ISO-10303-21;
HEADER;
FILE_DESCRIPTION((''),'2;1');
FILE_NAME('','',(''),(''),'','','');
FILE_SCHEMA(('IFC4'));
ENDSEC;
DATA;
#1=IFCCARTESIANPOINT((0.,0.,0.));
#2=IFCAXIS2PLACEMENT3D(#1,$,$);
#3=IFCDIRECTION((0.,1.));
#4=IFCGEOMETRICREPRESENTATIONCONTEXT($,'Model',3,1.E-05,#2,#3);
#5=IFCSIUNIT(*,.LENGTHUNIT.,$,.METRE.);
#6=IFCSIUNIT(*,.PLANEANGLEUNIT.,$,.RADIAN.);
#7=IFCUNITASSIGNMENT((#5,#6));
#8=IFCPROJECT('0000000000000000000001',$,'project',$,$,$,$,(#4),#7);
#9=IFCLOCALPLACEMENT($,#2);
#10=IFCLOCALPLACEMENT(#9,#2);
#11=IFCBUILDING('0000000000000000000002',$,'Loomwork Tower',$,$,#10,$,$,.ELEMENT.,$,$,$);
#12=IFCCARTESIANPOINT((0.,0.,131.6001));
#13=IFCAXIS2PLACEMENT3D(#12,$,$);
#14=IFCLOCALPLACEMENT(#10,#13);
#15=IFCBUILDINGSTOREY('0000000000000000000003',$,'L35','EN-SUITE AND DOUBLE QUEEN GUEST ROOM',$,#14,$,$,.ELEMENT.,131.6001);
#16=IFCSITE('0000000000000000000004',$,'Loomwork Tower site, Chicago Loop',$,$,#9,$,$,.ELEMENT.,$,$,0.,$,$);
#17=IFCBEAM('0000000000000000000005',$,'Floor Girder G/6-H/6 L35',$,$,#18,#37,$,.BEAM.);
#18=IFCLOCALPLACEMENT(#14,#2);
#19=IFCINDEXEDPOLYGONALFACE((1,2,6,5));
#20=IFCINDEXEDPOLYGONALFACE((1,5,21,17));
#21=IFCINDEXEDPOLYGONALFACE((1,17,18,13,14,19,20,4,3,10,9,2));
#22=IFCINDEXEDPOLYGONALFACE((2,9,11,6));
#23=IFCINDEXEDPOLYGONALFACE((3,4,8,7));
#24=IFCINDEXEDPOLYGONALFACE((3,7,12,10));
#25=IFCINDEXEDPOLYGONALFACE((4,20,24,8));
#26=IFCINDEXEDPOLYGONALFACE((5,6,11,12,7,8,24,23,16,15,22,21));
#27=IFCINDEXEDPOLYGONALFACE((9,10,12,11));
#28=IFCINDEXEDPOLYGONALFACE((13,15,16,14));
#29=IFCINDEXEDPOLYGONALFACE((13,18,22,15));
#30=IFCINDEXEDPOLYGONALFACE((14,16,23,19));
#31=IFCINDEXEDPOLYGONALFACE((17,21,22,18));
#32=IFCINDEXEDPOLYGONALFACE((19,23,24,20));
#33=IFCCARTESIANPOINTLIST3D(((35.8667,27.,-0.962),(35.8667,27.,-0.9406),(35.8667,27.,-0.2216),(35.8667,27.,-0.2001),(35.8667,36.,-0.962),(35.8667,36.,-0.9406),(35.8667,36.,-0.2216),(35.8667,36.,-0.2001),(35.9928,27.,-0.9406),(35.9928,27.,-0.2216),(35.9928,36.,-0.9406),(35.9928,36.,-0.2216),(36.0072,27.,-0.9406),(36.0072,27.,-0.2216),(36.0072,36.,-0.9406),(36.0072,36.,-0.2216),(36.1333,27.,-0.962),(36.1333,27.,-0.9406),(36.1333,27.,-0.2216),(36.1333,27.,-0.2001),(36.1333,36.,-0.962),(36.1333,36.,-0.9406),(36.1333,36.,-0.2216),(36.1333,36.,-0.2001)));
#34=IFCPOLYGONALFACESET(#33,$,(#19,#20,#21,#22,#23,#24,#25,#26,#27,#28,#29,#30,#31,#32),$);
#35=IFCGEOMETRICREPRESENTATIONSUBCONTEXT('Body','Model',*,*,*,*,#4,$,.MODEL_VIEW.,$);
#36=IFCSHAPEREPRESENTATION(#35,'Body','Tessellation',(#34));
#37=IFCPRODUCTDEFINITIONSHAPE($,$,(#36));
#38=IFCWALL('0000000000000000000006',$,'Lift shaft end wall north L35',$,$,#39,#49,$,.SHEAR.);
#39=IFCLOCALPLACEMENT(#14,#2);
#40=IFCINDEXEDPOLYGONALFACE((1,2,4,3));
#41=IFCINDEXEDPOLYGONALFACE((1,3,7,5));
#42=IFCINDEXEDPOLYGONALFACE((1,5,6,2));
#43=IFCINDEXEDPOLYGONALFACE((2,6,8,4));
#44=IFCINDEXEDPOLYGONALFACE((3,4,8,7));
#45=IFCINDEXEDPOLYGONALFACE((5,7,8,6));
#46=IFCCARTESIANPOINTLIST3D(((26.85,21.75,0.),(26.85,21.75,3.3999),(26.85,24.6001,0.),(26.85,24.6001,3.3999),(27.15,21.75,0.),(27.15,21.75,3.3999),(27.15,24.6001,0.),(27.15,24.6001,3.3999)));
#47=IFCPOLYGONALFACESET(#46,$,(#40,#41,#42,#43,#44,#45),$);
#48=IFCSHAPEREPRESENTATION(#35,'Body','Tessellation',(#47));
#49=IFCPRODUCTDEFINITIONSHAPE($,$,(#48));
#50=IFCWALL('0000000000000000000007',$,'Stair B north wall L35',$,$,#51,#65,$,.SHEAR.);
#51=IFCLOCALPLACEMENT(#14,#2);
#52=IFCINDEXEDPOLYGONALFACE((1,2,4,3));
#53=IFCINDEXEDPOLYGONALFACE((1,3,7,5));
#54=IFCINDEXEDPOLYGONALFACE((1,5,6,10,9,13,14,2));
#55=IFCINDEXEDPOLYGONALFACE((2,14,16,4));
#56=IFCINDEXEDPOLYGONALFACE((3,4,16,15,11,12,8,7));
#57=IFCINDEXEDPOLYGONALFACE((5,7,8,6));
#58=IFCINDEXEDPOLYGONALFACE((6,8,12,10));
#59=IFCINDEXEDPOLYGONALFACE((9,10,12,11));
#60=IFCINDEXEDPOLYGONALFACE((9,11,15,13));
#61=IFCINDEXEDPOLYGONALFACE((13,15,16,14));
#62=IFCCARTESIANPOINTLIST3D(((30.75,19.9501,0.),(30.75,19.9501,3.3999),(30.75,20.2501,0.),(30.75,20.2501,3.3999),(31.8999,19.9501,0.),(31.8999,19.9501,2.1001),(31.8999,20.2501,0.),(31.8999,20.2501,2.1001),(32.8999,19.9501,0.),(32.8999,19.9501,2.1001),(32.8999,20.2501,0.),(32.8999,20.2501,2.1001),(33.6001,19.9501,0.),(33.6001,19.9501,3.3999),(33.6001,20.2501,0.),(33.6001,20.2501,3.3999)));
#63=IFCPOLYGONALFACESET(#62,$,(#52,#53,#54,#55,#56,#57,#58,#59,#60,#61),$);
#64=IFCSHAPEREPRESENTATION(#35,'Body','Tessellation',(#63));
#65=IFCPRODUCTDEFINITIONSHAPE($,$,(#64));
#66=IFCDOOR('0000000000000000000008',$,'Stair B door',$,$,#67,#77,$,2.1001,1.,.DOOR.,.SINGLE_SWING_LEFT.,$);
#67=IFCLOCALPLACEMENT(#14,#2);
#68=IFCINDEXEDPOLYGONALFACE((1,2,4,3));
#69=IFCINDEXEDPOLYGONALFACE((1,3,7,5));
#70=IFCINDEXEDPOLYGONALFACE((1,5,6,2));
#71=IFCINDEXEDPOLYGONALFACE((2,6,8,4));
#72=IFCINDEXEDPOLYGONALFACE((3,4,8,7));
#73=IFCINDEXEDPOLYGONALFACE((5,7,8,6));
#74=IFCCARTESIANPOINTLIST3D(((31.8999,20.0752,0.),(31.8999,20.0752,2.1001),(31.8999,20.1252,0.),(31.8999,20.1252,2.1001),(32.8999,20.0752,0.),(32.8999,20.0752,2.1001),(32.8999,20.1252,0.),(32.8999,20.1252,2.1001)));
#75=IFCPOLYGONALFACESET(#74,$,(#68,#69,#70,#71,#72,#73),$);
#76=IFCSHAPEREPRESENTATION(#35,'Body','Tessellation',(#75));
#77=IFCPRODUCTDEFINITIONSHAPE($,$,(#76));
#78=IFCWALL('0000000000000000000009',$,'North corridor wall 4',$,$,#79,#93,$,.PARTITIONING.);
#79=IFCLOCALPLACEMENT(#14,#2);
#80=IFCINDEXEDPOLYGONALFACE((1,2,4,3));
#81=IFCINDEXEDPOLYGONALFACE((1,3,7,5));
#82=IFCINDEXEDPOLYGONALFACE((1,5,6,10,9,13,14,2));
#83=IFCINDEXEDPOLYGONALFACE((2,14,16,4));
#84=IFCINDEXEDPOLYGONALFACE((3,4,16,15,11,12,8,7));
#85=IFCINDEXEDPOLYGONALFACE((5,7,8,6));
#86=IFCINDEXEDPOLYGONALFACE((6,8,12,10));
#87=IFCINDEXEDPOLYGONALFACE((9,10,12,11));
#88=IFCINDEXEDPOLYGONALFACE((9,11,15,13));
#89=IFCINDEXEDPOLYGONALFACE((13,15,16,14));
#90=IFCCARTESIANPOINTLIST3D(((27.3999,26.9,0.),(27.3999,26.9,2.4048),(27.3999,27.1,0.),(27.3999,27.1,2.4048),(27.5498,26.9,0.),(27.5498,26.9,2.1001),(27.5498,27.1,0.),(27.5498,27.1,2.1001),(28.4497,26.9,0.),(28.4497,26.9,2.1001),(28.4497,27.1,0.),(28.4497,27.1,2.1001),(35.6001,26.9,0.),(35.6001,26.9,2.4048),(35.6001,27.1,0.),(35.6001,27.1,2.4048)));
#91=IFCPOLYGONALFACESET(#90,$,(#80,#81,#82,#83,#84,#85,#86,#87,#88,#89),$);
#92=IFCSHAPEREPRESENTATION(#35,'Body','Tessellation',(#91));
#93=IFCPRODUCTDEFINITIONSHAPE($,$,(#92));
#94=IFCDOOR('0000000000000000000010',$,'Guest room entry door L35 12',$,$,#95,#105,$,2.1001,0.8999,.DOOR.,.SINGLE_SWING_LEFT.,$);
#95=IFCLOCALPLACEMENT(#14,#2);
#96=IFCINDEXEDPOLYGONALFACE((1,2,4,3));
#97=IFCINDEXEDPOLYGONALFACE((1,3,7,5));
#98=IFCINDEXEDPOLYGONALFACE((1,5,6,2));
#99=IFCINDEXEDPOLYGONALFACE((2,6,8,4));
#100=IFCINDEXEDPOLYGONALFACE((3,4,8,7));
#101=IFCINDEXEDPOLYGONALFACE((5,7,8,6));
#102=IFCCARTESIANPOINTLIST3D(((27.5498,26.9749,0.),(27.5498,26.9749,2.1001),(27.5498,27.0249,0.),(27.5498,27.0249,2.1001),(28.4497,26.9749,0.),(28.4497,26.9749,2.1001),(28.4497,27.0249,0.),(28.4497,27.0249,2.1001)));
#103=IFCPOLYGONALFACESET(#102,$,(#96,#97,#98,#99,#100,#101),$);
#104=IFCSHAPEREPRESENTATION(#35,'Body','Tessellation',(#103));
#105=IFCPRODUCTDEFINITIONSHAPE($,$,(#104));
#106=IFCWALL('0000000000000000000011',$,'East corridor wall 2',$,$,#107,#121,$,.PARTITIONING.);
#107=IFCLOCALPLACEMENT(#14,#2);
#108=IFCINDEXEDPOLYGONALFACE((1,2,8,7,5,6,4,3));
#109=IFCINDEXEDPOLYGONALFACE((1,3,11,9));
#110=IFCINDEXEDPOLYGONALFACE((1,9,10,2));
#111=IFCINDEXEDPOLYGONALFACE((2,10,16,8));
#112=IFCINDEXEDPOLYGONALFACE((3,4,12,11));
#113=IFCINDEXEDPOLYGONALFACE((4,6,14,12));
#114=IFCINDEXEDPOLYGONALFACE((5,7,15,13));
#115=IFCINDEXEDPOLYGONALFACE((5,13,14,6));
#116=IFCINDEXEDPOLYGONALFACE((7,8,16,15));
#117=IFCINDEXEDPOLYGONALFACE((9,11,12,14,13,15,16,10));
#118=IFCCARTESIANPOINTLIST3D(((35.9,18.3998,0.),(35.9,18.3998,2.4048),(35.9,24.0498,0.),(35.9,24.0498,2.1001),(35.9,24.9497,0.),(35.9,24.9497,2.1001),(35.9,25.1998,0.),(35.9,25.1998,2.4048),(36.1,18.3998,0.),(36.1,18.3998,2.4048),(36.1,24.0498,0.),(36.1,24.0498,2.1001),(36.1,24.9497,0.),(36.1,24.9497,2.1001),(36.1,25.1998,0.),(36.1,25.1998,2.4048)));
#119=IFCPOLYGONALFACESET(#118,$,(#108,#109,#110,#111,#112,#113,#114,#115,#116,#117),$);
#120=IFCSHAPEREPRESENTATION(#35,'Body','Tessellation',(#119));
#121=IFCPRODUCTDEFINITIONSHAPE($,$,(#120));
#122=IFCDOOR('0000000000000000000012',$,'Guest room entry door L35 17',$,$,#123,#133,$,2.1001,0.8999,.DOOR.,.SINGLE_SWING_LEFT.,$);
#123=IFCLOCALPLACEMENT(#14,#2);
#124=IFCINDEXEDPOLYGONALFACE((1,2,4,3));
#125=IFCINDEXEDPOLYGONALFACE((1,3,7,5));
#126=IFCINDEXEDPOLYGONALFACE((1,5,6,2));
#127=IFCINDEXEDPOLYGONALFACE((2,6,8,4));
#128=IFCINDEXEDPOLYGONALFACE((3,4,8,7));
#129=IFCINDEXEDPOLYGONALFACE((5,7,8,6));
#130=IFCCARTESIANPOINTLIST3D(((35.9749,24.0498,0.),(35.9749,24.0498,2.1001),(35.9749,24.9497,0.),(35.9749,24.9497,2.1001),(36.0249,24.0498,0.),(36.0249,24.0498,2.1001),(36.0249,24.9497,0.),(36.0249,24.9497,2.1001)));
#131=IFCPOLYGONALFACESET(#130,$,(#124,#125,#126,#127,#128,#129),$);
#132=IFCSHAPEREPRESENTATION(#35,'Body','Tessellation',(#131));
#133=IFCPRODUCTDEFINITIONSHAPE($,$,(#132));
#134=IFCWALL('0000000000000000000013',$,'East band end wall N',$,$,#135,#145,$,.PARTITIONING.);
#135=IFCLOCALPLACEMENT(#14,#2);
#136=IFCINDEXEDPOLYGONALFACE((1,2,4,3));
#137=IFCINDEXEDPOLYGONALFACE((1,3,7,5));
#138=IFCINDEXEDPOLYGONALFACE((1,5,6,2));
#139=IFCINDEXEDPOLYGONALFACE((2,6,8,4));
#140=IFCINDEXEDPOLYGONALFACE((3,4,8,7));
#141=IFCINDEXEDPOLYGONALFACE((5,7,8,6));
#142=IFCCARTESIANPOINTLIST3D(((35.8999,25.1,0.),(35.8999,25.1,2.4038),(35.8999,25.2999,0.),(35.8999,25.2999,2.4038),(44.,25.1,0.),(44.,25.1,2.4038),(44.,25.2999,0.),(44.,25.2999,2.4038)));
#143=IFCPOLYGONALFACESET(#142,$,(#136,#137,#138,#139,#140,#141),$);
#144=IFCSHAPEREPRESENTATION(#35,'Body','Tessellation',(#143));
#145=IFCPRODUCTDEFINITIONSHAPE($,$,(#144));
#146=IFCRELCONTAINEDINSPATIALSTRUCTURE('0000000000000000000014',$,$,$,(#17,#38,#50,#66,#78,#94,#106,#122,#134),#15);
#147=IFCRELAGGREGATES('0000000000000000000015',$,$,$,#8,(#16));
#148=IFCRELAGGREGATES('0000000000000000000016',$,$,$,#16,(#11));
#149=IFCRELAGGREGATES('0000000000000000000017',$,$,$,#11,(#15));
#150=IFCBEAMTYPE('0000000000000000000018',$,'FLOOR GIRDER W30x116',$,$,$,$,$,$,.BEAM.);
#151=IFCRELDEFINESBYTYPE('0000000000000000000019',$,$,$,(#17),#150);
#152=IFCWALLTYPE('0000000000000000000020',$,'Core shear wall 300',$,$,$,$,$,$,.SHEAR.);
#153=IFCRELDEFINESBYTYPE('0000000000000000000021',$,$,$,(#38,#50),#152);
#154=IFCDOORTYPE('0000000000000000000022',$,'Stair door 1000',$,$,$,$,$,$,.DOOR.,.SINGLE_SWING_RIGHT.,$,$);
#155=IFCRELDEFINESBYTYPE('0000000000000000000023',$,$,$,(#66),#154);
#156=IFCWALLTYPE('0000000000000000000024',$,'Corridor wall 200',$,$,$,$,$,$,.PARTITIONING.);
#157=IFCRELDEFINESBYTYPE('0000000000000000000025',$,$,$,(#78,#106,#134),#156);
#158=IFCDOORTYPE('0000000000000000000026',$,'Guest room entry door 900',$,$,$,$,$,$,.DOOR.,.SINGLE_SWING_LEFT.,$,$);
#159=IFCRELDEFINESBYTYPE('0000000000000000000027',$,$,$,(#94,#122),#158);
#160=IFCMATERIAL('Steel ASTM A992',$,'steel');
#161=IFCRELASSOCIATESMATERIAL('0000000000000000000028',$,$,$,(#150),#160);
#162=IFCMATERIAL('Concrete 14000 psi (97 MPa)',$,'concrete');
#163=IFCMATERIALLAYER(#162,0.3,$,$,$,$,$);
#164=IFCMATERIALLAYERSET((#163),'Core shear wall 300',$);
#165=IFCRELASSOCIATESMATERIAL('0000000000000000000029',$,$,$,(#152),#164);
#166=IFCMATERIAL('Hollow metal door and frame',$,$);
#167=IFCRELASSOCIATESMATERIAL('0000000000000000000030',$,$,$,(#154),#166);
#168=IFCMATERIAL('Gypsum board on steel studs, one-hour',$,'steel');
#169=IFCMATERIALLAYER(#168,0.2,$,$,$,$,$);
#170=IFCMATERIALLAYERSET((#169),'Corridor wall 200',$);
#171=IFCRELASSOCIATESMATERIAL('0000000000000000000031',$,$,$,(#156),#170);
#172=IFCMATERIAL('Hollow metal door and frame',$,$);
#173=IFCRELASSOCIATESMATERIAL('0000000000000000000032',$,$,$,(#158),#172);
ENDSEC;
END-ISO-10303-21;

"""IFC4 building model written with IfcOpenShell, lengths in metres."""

from ifc_helpers import new_model, si_unit, direction, frame, frame_2d, origin, origin_2d, place, context, subcontext, project, spatial, rectangle, i_section, extrude, material, layer, layer_set, material_profile, profile_set, type_object, element, fill, save


model = new_model("IFC4")

# Units and contexts
model_context = context("Model", 3, precision=1e-05, world=origin(), true_north=direction((0.0, 1.0)))
body_context = subcontext(model_context, "Body", "Model", "MODEL_VIEW")
ifc_project = project(units=[si_unit("LENGTHUNIT", "METRE"), si_unit("PLANEANGLEUNIT", "RADIAN")], contexts=[model_context])

# Site, building, storey
site_placement = place(None, origin())
site = spatial("IfcSite", under=ifc_project, at=site_placement, Name="Loomwork Tower site, Chicago Loop", CompositionType="ELEMENT", RefElevation=0.0)
building_placement = place(site_placement, origin())
building = spatial("IfcBuilding", under=site, at=building_placement, Name="Loomwork Tower", CompositionType="ELEMENT")
storey_placement = place(building_placement, frame((0.0, 0.0, 131.6001)))
storey = spatial("IfcBuildingStorey", under=building, at=storey_placement, Name="L35", Description="EN-SUITE AND DOUBLE QUEEN GUEST ROOM", CompositionType="ELEMENT", Elevation=131.6001)

# Beam
ifc_material_1 = material(Name="Steel ASTM A992", Category="steel")
ifc_material_profile_1 = material_profile(ifc_material_1, i_section(OverallWidth=0.2666, OverallDepth=0.762, WebThickness=0.0144, FlangeThickness=0.0215, at=origin_2d()), Name="W30x116")
ifc_profile_set_1 = profile_set([ifc_material_profile_1], Name="Steel ASTM A992")
beam_type_1 = type_object("IfcBeamType", Name="FLOOR GIRDER W30x116", PredefinedType="BEAM", material=ifc_profile_set_1)
for number, where, z_axis, x_axis, name in (
    (1, (36.0, 27.0, -0.5811), (0.0, 1.0, 0.0), (-1.0, 0.0, 0.0), "Floor Girder G/6-H/6 L35"),
):
    element("IfcBeam", number, at=place(storey_placement, frame(where, z_axis=z_axis, x_axis=x_axis)), inside=storey, type_object=beam_type_1, Name=name, PredefinedType="BEAM", context=body_context, shape_type="SweptSolid", body=[
        extrude(i_section(OverallWidth=0.2666, OverallDepth=0.762, WebThickness=0.0144, FlangeThickness=0.0215, at=origin_2d()), origin(), (0.0, 0.0, 1.0), 9.0),
    ])

# Wall
ifc_material_2 = material(Name="Concrete 14000 psi (97 MPa)", Category="concrete")
ifc_layer_1 = layer(ifc_material_2, 0.3)
ifc_layer_set_1 = layer_set([ifc_layer_1], Name="Core shear wall 300")
wall_type_1 = type_object("IfcWallType", Name="Core shear wall 300", PredefinedType="SHEAR", material=ifc_layer_set_1)
wall_1_placement = place(storey_placement, frame((27.0, 21.75, 0.0), z_axis=(0.0, 0.0, 1.0), x_axis=(0.0, 1.0, 0.0)))
element("IfcWall", 2, at=wall_1_placement, inside=storey, type_object=wall_type_1, Name="Lift shaft end wall north L35", PredefinedType="SHEAR", context=body_context, shape_type="SweptSolid", body=[
    extrude(rectangle(XDim=2.8501, YDim=0.3, at=frame_2d((1.425, 0.0))), origin(), (0.0, 0.0, 1.0), 3.3999),
])

# Walls, openings, doors
wall_2_placement = place(storey_placement, frame((30.75, 20.1001, 0.0), z_axis=(0.0, 0.0, 1.0), x_axis=(1.0, 0.0, 0.0)))
wall_2 = element("IfcWall", 3, at=wall_2_placement, inside=storey, type_object=wall_type_1, Name="Stair B north wall L35", PredefinedType="SHEAR", context=body_context, shape_type="SweptSolid", body=[
    extrude(rectangle(XDim=2.8501, YDim=0.3, at=frame_2d((1.425, 0.0))), origin(), (0.0, 0.0, 1.0), 3.3999),
])
opening_1_placement = place(wall_2_placement, frame((1.1499, 0.0, 0.0)))
opening_1 = element("IfcOpeningElement", 4, at=opening_1_placement, cuts=wall_2, PredefinedType="OPENING", context=body_context, shape_type="SweptSolid", body=[
    extrude(rectangle(XDim=1.0, YDim=2.1001, at=frame_2d((0.5, 1.05))), frame((0.0, 0.1599, 0.0), z_axis=(0.0, -1.0, 0.0), x_axis=(1.0, 0.0, 0.0)), (0.0, 0.0, 1.0), 0.3201),
])
ifc_material_3 = material(Name="Hollow metal door and frame")
door_type_1 = type_object("IfcDoorType", Name="Stair door 1000", OperationType="SINGLE_SWING_RIGHT", PredefinedType="DOOR", material=ifc_material_3)
door_1_placement = place(opening_1_placement, frame((1.0, 0.0, 0.0), z_axis=(0.0, 0.0, 1.0), x_axis=(-1.0, 0.0, 0.0)))
door_1 = element("IfcDoor", 5, at=door_1_placement, inside=storey, type_object=door_type_1, Name="Stair B door", OperationType="SINGLE_SWING_LEFT", OverallHeight=2.1001, OverallWidth=1.0, PredefinedType="DOOR", context=body_context, shape_type="SweptSolid", body=[
    extrude(rectangle(XDim=1.0, YDim=2.1001, at=frame_2d((0.5, 1.05))), frame((0.0, 0.0249, 0.0), z_axis=(0.0, -1.0, 0.0), x_axis=(1.0, 0.0, 0.0)), (0.0, 0.0, 1.0), 0.05),
])
fill(opening_1, door_1)
ifc_material_4 = material(Name="Gypsum board on steel studs, one-hour", Category="steel")
ifc_layer_2 = layer(ifc_material_4, 0.2)
ifc_layer_set_2 = layer_set([ifc_layer_2], Name="Corridor wall 200")
wall_type_2 = type_object("IfcWallType", Name="Corridor wall 200", PredefinedType="PARTITIONING", material=ifc_layer_set_2)
wall_3_placement = place(storey_placement, frame((27.3999, 27.0, 0.0), z_axis=(0.0, 0.0, 1.0), x_axis=(1.0, 0.0, 0.0)))
wall_3 = element("IfcWall", 6, at=wall_3_placement, inside=storey, type_object=wall_type_2, Name="North corridor wall 4", PredefinedType="PARTITIONING", context=body_context, shape_type="SweptSolid", body=[
    extrude(rectangle(XDim=8.2002, YDim=0.2, at=frame_2d((4.1001, 0.0))), origin(), (0.0, 0.0, 1.0), 2.4048),
])
opening_2_placement = place(wall_3_placement, frame((0.1499, 0.0, 0.0)))
opening_2 = element("IfcOpeningElement", 7, at=opening_2_placement, cuts=wall_3, PredefinedType="OPENING", context=body_context, shape_type="SweptSolid", body=[
    extrude(rectangle(XDim=0.8999, YDim=2.1001, at=frame_2d((0.45, 1.05))), frame((0.0, 0.1099, 0.0), z_axis=(0.0, -1.0, 0.0), x_axis=(1.0, 0.0, 0.0)), (0.0, 0.0, 1.0), 0.22),
])
ifc_material_5 = material(Name="Hollow metal door and frame")
door_type_2 = type_object("IfcDoorType", Name="Guest room entry door 900", OperationType="SINGLE_SWING_LEFT", PredefinedType="DOOR", material=ifc_material_5)
door_2_placement = place(opening_2_placement, origin())
door_2 = element("IfcDoor", 8, at=door_2_placement, inside=storey, type_object=door_type_2, Name="Guest room entry door L35 12", OperationType="SINGLE_SWING_LEFT", OverallHeight=2.1001, OverallWidth=0.8999, PredefinedType="DOOR", context=body_context, shape_type="SweptSolid", body=[
    extrude(rectangle(XDim=0.8999, YDim=2.1001, at=frame_2d((0.45, 1.05))), frame((0.0, 0.0249, 0.0), z_axis=(0.0, -1.0, 0.0), x_axis=(1.0, 0.0, 0.0)), (0.0, 0.0, 1.0), 0.05),
])
fill(opening_2, door_2)
wall_4_placement = place(storey_placement, frame((36.0, 18.3999, 0.0), z_axis=(0.0, 0.0, 1.0), x_axis=(0.0, 1.0, 0.0)))
wall_4 = element("IfcWall", 9, at=wall_4_placement, inside=storey, type_object=wall_type_2, Name="East corridor wall 2", PredefinedType="PARTITIONING", context=body_context, shape_type="SweptSolid", body=[
    extrude(rectangle(XDim=6.8, YDim=0.2, at=frame_2d((3.3999, 0.0))), origin(), (0.0, 0.0, 1.0), 2.4048),
])
opening_3_placement = place(wall_4_placement, frame((5.6499, 0.0, 0.0)))
opening_3 = element("IfcOpeningElement", 10, at=opening_3_placement, cuts=wall_4, PredefinedType="OPENING", context=body_context, shape_type="SweptSolid", body=[
    extrude(rectangle(XDim=0.8999, YDim=2.1001, at=frame_2d((0.45, 1.05))), frame((0.0, 0.1099, 0.0), z_axis=(0.0, -1.0, 0.0), x_axis=(1.0, 0.0, 0.0)), (0.0, 0.0, 1.0), 0.22),
])
door_3_placement = place(opening_3_placement, frame((0.8999, 0.0, 0.0), z_axis=(0.0, 0.0, 1.0), x_axis=(-1.0, 0.0, 0.0)))
door_3 = element("IfcDoor", 11, at=door_3_placement, inside=storey, type_object=door_type_2, Name="Guest room entry door L35 17", OperationType="SINGLE_SWING_LEFT", OverallHeight=2.1001, OverallWidth=0.8999, PredefinedType="DOOR", context=body_context, shape_type="SweptSolid", body=[
    extrude(rectangle(XDim=0.8999, YDim=2.1001, at=frame_2d((0.45, 1.05))), frame((0.0, 0.0249, 0.0), z_axis=(0.0, -1.0, 0.0), x_axis=(1.0, 0.0, 0.0)), (0.0, 0.0, 1.0), 0.05),
])
fill(opening_3, door_3)

# Wall
wall_5_placement = place(storey_placement, frame((35.8999, 25.2, 0.0), z_axis=(0.0, 0.0, 1.0), x_axis=(1.0, 0.0, 0.0)))
element("IfcWall", 12, at=wall_5_placement, inside=storey, type_object=wall_type_2, Name="East band end wall N", PredefinedType="PARTITIONING", context=body_context, shape_type="SweptSolid", body=[
    extrude(rectangle(XDim=8.1001, YDim=0.2, at=frame_2d((4.05, 0.0))), origin(), (0.0, 0.0, 1.0), 2.4038),
])

save(model, "model.ifc")
